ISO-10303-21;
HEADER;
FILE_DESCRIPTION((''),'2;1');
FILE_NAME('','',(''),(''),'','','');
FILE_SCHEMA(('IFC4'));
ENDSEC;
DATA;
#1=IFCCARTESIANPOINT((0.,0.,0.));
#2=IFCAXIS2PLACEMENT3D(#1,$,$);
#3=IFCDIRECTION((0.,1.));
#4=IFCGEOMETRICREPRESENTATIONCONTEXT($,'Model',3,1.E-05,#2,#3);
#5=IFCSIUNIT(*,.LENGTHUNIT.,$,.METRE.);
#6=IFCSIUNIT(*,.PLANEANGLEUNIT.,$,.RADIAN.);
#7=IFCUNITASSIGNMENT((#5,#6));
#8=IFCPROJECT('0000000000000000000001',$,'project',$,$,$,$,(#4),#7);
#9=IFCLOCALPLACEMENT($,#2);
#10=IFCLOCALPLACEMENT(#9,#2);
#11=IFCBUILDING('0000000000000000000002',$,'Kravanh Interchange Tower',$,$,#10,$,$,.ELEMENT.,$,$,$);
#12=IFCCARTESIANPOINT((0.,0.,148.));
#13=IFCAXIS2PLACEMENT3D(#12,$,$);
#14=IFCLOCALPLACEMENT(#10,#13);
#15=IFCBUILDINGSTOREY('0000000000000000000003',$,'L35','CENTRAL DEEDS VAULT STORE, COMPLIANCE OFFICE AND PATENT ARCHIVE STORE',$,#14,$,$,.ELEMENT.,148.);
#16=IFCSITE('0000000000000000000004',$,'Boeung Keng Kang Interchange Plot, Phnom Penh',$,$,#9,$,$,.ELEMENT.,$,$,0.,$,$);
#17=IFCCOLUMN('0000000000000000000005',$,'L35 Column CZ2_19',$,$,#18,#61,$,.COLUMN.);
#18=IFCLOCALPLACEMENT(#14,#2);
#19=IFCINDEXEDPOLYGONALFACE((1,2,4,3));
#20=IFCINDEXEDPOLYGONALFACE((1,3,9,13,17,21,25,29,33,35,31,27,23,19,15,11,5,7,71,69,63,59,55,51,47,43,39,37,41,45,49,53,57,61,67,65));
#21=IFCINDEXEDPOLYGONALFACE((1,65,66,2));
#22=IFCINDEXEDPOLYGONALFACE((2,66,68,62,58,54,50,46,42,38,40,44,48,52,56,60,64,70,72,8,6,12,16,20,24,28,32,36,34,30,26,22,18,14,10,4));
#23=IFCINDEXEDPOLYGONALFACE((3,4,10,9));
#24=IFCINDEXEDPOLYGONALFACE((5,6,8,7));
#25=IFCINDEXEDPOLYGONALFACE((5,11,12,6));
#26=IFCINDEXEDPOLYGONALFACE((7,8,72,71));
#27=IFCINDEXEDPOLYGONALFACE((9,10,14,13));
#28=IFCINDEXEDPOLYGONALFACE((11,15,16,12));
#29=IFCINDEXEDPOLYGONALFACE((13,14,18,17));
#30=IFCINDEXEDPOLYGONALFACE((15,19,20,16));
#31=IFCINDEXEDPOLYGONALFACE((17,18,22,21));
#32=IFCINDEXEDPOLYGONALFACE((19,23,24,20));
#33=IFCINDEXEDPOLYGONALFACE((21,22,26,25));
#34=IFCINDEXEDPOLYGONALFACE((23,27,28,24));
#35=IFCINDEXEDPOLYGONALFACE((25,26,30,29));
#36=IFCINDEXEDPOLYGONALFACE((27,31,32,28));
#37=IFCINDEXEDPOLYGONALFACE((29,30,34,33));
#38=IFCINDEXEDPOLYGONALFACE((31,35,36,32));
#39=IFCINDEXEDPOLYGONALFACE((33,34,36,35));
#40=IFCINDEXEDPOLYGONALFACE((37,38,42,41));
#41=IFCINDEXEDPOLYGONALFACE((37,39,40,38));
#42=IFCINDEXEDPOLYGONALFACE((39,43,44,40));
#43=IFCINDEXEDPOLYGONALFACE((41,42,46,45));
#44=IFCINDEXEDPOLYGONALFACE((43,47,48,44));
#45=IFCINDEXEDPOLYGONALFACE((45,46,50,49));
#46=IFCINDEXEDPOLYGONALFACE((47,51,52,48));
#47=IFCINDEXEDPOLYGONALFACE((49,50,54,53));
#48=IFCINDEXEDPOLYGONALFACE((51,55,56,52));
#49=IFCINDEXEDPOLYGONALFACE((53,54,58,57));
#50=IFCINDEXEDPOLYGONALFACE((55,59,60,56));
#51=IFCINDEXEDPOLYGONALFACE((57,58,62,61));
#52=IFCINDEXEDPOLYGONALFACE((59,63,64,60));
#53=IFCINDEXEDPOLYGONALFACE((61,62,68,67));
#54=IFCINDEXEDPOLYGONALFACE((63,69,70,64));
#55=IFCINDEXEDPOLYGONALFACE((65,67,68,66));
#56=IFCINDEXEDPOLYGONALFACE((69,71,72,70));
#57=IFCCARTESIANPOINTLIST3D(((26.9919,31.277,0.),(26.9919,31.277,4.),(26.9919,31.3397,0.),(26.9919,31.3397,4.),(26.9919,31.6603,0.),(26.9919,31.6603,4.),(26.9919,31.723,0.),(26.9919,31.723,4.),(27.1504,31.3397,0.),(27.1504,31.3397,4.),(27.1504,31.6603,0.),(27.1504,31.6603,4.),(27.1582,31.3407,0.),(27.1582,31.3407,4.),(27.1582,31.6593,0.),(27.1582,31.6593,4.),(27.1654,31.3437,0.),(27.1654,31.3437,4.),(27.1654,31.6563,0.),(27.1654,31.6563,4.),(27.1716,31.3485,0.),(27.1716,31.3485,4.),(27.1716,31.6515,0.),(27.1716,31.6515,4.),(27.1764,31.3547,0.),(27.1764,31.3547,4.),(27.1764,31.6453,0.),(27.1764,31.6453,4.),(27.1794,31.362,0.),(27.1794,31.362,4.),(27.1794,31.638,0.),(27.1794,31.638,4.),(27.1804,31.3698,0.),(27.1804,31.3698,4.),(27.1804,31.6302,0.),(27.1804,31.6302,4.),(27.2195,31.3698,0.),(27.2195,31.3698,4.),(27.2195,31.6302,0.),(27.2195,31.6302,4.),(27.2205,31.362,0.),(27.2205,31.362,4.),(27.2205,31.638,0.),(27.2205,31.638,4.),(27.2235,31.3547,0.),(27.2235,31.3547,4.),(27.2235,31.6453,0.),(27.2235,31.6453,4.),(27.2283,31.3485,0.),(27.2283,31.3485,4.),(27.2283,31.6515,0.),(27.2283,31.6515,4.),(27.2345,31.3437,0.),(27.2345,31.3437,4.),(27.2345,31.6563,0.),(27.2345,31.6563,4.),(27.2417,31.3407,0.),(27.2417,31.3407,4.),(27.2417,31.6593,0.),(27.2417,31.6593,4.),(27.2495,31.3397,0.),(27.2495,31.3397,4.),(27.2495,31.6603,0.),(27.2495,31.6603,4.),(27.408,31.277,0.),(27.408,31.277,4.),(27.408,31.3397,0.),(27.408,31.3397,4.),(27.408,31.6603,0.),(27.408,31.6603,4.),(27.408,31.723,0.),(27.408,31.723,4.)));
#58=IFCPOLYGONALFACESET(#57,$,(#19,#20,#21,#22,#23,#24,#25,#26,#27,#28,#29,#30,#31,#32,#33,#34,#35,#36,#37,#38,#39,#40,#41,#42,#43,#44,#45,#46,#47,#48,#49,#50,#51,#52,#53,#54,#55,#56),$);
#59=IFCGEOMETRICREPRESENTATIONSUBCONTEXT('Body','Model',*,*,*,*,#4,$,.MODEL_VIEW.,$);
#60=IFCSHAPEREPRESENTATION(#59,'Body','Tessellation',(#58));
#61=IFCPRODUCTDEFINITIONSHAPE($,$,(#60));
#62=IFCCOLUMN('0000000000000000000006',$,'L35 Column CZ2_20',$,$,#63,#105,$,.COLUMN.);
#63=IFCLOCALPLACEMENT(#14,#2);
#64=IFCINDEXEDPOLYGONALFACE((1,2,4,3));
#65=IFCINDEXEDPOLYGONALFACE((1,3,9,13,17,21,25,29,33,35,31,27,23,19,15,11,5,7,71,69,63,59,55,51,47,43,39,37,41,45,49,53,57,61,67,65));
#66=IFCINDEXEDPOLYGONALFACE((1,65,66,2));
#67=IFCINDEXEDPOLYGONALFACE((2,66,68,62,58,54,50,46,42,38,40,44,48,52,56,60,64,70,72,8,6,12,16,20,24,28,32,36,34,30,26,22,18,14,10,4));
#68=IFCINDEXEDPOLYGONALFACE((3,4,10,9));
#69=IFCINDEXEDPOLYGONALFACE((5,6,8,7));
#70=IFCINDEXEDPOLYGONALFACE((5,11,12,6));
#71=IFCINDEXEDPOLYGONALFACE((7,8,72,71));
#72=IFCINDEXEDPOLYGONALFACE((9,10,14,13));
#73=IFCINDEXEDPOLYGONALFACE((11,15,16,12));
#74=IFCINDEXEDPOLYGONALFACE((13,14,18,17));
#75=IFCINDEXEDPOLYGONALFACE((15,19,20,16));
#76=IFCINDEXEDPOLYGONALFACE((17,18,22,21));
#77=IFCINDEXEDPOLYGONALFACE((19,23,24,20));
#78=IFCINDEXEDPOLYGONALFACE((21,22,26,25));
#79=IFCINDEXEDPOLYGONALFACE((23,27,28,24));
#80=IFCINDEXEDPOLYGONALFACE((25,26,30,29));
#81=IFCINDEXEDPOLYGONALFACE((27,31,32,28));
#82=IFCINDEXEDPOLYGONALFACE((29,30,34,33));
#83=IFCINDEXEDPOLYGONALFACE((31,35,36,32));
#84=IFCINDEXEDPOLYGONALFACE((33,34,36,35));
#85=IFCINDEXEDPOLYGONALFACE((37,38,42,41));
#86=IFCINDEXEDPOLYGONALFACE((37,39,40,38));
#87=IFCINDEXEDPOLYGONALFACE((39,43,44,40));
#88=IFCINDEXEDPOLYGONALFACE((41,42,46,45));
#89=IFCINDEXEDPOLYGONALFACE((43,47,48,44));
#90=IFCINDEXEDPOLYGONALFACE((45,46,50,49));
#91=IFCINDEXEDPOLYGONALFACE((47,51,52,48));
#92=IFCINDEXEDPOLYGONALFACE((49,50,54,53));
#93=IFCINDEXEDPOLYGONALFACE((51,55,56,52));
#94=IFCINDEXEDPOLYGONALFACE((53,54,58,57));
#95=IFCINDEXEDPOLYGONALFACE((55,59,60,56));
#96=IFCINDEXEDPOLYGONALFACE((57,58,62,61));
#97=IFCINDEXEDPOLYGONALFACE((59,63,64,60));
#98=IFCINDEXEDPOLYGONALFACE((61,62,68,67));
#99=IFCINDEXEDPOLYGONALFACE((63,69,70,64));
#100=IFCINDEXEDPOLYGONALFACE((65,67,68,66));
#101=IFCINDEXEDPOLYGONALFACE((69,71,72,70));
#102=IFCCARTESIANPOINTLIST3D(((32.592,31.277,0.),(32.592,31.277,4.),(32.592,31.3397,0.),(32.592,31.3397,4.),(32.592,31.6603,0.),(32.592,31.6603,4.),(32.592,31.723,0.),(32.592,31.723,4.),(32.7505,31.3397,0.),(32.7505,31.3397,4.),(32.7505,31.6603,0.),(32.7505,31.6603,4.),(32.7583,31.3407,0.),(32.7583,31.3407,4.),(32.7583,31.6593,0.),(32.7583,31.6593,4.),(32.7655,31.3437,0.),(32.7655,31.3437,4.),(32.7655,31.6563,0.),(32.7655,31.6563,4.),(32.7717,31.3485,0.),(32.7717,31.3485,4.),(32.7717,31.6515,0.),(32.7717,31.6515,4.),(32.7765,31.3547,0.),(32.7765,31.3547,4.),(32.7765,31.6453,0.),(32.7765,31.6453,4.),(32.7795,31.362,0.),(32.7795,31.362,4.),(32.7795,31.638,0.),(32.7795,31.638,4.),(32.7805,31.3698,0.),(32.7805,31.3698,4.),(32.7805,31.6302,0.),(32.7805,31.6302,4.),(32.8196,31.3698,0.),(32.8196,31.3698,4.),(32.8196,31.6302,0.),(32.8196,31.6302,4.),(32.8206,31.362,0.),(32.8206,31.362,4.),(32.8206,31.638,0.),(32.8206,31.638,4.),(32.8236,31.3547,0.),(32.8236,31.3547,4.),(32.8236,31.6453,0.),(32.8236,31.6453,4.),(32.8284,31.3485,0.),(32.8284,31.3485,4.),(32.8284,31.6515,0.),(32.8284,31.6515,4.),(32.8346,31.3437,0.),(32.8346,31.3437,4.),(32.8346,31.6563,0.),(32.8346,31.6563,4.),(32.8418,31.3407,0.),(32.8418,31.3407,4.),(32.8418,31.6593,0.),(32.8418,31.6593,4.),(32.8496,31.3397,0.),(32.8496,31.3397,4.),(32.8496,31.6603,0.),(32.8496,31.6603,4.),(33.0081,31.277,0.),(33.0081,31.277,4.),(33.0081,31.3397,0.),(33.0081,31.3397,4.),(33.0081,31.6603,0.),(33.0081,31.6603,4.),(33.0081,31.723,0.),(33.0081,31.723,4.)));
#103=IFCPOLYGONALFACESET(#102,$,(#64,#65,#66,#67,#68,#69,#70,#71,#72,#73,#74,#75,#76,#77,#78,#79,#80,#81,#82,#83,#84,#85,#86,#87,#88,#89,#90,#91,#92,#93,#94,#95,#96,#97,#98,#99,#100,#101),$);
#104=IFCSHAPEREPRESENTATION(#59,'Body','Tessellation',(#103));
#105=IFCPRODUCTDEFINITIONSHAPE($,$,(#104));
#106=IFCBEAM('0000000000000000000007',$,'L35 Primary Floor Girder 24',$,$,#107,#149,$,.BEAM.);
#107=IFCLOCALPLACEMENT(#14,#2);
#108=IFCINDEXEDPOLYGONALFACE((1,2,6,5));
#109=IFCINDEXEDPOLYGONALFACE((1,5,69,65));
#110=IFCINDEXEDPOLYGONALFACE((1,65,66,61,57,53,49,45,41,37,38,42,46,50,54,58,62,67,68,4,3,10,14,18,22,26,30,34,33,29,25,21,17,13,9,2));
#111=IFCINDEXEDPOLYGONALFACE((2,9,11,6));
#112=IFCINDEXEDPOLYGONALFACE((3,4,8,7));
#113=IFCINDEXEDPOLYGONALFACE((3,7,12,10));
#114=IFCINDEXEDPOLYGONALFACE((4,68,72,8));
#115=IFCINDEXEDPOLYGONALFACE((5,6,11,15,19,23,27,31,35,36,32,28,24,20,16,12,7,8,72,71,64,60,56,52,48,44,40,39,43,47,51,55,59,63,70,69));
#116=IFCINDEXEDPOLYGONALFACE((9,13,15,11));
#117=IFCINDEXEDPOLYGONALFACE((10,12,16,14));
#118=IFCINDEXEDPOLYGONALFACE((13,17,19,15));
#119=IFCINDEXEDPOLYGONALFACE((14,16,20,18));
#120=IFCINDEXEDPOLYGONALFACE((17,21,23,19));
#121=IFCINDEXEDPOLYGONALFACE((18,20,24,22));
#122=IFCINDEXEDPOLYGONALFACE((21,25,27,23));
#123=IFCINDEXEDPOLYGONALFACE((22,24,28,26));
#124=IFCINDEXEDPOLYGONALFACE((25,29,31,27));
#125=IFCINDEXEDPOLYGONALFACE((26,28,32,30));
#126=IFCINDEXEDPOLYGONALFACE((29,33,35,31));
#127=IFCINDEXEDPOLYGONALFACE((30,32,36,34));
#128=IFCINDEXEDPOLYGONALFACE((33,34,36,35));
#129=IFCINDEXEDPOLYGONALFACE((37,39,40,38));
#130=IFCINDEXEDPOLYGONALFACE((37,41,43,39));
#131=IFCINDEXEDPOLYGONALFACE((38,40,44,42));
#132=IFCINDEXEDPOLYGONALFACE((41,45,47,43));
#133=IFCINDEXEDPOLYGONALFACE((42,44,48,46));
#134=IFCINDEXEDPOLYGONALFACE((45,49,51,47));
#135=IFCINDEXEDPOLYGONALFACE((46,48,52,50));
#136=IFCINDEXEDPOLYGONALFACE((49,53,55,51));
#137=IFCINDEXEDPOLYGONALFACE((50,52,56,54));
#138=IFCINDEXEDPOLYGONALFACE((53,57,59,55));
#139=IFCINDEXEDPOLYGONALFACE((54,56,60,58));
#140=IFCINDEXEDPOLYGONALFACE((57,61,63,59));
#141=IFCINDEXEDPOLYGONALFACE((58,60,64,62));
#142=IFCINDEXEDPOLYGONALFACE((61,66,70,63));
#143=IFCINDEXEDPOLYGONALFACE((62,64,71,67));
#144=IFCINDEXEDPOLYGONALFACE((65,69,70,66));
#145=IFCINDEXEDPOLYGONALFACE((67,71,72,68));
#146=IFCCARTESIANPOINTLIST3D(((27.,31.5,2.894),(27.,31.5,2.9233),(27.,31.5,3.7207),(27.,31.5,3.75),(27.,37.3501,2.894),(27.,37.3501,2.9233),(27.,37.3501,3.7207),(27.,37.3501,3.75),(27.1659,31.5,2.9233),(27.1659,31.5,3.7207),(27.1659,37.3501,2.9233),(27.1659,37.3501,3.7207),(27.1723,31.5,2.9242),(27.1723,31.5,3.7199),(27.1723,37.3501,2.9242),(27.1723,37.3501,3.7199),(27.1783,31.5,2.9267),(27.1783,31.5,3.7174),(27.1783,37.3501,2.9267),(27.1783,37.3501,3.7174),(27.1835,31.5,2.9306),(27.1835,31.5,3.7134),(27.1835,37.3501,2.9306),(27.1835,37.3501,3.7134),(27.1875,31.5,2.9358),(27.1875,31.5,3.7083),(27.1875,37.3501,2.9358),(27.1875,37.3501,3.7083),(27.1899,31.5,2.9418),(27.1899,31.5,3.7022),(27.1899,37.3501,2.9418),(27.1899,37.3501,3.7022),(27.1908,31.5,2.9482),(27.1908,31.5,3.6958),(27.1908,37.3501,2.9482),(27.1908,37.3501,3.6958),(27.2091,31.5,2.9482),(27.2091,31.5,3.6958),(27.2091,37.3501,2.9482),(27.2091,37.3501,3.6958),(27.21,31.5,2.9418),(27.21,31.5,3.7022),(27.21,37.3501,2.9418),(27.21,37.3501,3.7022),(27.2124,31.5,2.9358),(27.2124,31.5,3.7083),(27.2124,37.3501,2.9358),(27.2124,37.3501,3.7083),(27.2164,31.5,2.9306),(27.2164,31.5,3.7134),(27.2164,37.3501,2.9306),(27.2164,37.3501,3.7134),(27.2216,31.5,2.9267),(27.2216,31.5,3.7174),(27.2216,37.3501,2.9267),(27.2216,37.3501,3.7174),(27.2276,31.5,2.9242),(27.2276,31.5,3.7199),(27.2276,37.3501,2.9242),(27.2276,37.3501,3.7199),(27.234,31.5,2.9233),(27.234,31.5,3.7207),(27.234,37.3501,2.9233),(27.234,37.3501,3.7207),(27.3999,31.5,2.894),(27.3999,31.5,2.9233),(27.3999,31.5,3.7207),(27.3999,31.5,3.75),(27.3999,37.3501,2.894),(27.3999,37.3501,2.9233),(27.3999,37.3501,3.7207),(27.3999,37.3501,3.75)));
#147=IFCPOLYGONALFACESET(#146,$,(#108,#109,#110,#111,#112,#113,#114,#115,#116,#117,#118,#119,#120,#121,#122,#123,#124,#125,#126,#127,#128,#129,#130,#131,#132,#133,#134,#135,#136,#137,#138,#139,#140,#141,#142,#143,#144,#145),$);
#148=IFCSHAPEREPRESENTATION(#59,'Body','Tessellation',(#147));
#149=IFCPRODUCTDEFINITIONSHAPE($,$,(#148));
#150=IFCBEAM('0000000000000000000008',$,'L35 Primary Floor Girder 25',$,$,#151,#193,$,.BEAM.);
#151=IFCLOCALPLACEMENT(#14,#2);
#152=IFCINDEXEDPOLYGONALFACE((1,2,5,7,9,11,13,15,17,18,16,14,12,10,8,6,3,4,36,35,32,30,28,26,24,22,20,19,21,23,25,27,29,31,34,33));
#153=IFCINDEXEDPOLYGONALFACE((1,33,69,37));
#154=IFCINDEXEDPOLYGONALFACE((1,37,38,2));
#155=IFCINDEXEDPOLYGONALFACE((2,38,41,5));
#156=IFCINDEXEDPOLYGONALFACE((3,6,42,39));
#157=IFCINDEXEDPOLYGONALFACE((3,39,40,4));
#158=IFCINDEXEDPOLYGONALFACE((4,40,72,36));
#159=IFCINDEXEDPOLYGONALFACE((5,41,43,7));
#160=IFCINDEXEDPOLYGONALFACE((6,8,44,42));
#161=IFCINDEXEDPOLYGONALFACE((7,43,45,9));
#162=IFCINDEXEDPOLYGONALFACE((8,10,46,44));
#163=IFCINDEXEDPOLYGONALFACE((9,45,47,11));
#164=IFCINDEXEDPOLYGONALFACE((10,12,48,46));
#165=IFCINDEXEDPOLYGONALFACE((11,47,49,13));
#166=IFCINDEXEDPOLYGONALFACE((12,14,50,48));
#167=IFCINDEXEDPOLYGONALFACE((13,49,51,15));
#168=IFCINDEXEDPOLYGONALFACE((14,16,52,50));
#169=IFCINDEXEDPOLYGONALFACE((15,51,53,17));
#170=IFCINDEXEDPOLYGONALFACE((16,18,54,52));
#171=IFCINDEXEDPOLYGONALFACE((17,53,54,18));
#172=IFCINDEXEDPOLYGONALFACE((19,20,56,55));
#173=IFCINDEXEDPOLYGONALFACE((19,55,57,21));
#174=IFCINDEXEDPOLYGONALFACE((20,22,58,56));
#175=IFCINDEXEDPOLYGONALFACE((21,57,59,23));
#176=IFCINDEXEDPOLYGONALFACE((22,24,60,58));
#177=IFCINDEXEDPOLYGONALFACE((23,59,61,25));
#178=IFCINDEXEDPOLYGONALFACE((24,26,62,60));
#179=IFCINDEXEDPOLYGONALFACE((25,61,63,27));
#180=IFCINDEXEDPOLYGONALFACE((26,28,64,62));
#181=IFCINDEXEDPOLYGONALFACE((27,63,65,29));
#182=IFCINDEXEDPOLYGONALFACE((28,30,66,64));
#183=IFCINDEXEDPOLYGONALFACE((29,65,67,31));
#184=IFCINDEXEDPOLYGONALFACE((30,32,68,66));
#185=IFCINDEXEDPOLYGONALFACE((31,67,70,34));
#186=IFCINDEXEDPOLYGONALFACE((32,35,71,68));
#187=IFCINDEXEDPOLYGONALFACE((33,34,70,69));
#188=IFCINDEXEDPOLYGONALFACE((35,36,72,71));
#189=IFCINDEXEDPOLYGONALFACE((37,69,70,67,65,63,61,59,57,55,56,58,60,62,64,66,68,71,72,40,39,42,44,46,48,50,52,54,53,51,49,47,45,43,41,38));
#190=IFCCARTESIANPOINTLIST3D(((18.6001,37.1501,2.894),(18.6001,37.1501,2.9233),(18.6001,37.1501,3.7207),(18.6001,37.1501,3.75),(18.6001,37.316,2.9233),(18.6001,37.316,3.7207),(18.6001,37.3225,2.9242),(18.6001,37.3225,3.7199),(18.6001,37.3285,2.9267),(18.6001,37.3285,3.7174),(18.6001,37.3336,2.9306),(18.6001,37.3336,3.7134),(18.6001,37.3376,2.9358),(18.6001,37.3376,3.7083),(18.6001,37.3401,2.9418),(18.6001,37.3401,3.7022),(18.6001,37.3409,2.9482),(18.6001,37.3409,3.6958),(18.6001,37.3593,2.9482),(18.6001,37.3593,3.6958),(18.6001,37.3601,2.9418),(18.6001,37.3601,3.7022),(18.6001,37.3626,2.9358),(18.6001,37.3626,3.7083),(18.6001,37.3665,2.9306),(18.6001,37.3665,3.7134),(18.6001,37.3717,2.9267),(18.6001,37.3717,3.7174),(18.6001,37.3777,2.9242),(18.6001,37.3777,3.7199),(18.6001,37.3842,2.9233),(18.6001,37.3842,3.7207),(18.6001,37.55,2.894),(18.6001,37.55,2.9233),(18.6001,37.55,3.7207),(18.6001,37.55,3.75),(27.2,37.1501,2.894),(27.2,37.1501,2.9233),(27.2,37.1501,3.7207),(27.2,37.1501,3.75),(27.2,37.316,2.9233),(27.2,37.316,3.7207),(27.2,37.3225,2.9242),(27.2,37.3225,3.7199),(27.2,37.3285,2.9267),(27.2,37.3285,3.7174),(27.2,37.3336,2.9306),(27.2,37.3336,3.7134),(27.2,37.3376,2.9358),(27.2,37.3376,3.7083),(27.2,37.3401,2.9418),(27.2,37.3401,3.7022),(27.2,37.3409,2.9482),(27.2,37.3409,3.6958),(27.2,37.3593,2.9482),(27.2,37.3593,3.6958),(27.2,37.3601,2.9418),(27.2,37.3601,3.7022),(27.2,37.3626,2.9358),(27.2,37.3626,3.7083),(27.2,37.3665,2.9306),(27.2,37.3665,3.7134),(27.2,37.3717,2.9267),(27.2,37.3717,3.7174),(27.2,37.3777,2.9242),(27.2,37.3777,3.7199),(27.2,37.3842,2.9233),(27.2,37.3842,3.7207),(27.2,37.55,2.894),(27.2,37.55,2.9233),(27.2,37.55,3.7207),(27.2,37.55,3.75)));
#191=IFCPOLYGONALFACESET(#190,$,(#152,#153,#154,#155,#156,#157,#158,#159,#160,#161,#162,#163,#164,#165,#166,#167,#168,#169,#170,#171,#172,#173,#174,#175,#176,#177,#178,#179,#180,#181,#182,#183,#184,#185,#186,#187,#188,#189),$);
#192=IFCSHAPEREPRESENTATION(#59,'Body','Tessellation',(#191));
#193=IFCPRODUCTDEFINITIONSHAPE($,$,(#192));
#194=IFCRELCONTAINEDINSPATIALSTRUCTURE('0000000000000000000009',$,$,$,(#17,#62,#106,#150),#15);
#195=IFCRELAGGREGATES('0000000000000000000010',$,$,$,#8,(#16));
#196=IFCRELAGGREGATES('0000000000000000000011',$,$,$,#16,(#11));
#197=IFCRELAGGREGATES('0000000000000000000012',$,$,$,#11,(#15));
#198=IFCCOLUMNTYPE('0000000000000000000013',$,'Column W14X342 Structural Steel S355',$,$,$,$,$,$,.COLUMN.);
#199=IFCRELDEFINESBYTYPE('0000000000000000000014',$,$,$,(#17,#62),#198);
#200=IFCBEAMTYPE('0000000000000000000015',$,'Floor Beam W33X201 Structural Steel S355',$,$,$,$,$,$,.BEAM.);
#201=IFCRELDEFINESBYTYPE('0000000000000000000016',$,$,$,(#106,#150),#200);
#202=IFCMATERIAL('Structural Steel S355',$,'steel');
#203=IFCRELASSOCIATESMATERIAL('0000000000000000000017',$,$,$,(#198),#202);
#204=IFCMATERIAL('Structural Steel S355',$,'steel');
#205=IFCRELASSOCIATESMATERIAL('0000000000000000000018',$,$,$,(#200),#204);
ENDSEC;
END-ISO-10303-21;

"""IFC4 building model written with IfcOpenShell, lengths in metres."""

from ifc_helpers import new_model, si_unit, direction, frame, origin, origin_2d, place, context, subcontext, project, spatial, i_section, extrude, material, material_profile, profile_set, type_object, element, save


model = new_model("IFC4")

# Units and contexts
model_context = context("Model", 3, precision=1e-05, world=origin(), true_north=direction((0.0, 1.0)))
body_context = subcontext(model_context, "Body", "Model", "MODEL_VIEW")
ifc_project = project(units=[si_unit("LENGTHUNIT", "METRE"), si_unit("PLANEANGLEUNIT", "RADIAN")], contexts=[model_context])

# Site, building, storey
site_placement = place(None, origin())
site = spatial("IfcSite", under=ifc_project, at=site_placement, Name="Boeung Keng Kang Interchange Plot, Phnom Penh", CompositionType="ELEMENT", RefElevation=0.0)
building_placement = place(site_placement, origin())
building = spatial("IfcBuilding", under=site, at=building_placement, Name="Kravanh Interchange Tower", CompositionType="ELEMENT")
storey_placement = place(building_placement, frame((0.0, 0.0, 148.0)))
storey = spatial("IfcBuildingStorey", under=building, at=storey_placement, Name="L35", Description="CENTRAL DEEDS VAULT STORE, COMPLIANCE OFFICE AND PATENT ARCHIVE STORE", CompositionType="ELEMENT", Elevation=148.0)

# Columns
ifc_material_1 = material(Name="Structural Steel S355", Category="steel")
ifc_material_profile_1 = material_profile(ifc_material_1, i_section(OverallWidth=0.416, OverallDepth=0.446, WebThickness=0.0391, FlangeThickness=0.0627, FilletRadius=0.03, at=origin_2d()), Name="W14X342")
ifc_profile_set_1 = profile_set([ifc_material_profile_1], Name="Structural Steel S355")
column_type_1 = type_object("IfcColumnType", Name="Column W14X342 Structural Steel S355", PredefinedType="COLUMN", material=ifc_profile_set_1)
for number, where, z_axis, x_axis, name in (
    (1, (27.2, 31.5, 0.0), (0.0, 0.0, 1.0), (1.0, 0.0, 0.0), "L35 Column CZ2_19"),
    (2, (32.8, 31.5, 0.0), (0.0, 0.0, 1.0), (1.0, 0.0, 0.0), "L35 Column CZ2_20"),
):
    element("IfcColumn", number, at=place(storey_placement, frame(where, z_axis=z_axis, x_axis=x_axis)), inside=storey, type_object=column_type_1, Name=name, PredefinedType="COLUMN", context=body_context, shape_type="SweptSolid", body=[
        extrude(i_section(OverallWidth=0.416, OverallDepth=0.446, WebThickness=0.0391, FlangeThickness=0.0627, FilletRadius=0.03, at=origin_2d()), origin(), (0.0, 0.0, 1.0), 4.0),
    ])

# Beams
ifc_material_2 = material(Name="Structural Steel S355", Category="steel")
ifc_material_profile_2 = material_profile(ifc_material_2, i_section(OverallWidth=0.3999, OverallDepth=0.856, WebThickness=0.0183, FlangeThickness=0.0293, FilletRadius=0.0249, at=origin_2d()), Name="W33X201")
ifc_profile_set_2 = profile_set([ifc_material_profile_2], Name="Structural Steel S355")
beam_type_1 = type_object("IfcBeamType", Name="Floor Beam W33X201 Structural Steel S355", PredefinedType="BEAM", material=ifc_profile_set_2)
beam_1_placement = place(storey_placement, frame((27.2, 37.3501, 3.322), z_axis=(0.0, -1.0, 0.0), x_axis=(1.0, 0.0, 0.0)))
element("IfcBeam", 3, at=beam_1_placement, inside=storey, type_object=beam_type_1, Name="L35 Primary Floor Girder 24", PredefinedType="BEAM", context=body_context, shape_type="SweptSolid", body=[
    extrude(i_section(OverallWidth=0.3999, OverallDepth=0.856, WebThickness=0.0183, FlangeThickness=0.0293, FilletRadius=0.0249, at=origin_2d()), origin(), (0.0, 0.0, 1.0), 5.8501),
])
beam_2_placement = place(storey_placement, frame((27.2, 37.3501, 3.322), z_axis=(-1.0, 0.0, 0.0), x_axis=(0.0, -1.0, 0.0)))
element("IfcBeam", 4, at=beam_2_placement, inside=storey, type_object=beam_type_1, Name="L35 Primary Floor Girder 25", PredefinedType="BEAM", context=body_context, shape_type="SweptSolid", body=[
    extrude(i_section(OverallWidth=0.3999, OverallDepth=0.856, WebThickness=0.0183, FlangeThickness=0.0293, FilletRadius=0.0249, at=origin_2d()), origin(), (0.0, 0.0, 1.0), 8.5999),
])

save(model, "model.ifc")
